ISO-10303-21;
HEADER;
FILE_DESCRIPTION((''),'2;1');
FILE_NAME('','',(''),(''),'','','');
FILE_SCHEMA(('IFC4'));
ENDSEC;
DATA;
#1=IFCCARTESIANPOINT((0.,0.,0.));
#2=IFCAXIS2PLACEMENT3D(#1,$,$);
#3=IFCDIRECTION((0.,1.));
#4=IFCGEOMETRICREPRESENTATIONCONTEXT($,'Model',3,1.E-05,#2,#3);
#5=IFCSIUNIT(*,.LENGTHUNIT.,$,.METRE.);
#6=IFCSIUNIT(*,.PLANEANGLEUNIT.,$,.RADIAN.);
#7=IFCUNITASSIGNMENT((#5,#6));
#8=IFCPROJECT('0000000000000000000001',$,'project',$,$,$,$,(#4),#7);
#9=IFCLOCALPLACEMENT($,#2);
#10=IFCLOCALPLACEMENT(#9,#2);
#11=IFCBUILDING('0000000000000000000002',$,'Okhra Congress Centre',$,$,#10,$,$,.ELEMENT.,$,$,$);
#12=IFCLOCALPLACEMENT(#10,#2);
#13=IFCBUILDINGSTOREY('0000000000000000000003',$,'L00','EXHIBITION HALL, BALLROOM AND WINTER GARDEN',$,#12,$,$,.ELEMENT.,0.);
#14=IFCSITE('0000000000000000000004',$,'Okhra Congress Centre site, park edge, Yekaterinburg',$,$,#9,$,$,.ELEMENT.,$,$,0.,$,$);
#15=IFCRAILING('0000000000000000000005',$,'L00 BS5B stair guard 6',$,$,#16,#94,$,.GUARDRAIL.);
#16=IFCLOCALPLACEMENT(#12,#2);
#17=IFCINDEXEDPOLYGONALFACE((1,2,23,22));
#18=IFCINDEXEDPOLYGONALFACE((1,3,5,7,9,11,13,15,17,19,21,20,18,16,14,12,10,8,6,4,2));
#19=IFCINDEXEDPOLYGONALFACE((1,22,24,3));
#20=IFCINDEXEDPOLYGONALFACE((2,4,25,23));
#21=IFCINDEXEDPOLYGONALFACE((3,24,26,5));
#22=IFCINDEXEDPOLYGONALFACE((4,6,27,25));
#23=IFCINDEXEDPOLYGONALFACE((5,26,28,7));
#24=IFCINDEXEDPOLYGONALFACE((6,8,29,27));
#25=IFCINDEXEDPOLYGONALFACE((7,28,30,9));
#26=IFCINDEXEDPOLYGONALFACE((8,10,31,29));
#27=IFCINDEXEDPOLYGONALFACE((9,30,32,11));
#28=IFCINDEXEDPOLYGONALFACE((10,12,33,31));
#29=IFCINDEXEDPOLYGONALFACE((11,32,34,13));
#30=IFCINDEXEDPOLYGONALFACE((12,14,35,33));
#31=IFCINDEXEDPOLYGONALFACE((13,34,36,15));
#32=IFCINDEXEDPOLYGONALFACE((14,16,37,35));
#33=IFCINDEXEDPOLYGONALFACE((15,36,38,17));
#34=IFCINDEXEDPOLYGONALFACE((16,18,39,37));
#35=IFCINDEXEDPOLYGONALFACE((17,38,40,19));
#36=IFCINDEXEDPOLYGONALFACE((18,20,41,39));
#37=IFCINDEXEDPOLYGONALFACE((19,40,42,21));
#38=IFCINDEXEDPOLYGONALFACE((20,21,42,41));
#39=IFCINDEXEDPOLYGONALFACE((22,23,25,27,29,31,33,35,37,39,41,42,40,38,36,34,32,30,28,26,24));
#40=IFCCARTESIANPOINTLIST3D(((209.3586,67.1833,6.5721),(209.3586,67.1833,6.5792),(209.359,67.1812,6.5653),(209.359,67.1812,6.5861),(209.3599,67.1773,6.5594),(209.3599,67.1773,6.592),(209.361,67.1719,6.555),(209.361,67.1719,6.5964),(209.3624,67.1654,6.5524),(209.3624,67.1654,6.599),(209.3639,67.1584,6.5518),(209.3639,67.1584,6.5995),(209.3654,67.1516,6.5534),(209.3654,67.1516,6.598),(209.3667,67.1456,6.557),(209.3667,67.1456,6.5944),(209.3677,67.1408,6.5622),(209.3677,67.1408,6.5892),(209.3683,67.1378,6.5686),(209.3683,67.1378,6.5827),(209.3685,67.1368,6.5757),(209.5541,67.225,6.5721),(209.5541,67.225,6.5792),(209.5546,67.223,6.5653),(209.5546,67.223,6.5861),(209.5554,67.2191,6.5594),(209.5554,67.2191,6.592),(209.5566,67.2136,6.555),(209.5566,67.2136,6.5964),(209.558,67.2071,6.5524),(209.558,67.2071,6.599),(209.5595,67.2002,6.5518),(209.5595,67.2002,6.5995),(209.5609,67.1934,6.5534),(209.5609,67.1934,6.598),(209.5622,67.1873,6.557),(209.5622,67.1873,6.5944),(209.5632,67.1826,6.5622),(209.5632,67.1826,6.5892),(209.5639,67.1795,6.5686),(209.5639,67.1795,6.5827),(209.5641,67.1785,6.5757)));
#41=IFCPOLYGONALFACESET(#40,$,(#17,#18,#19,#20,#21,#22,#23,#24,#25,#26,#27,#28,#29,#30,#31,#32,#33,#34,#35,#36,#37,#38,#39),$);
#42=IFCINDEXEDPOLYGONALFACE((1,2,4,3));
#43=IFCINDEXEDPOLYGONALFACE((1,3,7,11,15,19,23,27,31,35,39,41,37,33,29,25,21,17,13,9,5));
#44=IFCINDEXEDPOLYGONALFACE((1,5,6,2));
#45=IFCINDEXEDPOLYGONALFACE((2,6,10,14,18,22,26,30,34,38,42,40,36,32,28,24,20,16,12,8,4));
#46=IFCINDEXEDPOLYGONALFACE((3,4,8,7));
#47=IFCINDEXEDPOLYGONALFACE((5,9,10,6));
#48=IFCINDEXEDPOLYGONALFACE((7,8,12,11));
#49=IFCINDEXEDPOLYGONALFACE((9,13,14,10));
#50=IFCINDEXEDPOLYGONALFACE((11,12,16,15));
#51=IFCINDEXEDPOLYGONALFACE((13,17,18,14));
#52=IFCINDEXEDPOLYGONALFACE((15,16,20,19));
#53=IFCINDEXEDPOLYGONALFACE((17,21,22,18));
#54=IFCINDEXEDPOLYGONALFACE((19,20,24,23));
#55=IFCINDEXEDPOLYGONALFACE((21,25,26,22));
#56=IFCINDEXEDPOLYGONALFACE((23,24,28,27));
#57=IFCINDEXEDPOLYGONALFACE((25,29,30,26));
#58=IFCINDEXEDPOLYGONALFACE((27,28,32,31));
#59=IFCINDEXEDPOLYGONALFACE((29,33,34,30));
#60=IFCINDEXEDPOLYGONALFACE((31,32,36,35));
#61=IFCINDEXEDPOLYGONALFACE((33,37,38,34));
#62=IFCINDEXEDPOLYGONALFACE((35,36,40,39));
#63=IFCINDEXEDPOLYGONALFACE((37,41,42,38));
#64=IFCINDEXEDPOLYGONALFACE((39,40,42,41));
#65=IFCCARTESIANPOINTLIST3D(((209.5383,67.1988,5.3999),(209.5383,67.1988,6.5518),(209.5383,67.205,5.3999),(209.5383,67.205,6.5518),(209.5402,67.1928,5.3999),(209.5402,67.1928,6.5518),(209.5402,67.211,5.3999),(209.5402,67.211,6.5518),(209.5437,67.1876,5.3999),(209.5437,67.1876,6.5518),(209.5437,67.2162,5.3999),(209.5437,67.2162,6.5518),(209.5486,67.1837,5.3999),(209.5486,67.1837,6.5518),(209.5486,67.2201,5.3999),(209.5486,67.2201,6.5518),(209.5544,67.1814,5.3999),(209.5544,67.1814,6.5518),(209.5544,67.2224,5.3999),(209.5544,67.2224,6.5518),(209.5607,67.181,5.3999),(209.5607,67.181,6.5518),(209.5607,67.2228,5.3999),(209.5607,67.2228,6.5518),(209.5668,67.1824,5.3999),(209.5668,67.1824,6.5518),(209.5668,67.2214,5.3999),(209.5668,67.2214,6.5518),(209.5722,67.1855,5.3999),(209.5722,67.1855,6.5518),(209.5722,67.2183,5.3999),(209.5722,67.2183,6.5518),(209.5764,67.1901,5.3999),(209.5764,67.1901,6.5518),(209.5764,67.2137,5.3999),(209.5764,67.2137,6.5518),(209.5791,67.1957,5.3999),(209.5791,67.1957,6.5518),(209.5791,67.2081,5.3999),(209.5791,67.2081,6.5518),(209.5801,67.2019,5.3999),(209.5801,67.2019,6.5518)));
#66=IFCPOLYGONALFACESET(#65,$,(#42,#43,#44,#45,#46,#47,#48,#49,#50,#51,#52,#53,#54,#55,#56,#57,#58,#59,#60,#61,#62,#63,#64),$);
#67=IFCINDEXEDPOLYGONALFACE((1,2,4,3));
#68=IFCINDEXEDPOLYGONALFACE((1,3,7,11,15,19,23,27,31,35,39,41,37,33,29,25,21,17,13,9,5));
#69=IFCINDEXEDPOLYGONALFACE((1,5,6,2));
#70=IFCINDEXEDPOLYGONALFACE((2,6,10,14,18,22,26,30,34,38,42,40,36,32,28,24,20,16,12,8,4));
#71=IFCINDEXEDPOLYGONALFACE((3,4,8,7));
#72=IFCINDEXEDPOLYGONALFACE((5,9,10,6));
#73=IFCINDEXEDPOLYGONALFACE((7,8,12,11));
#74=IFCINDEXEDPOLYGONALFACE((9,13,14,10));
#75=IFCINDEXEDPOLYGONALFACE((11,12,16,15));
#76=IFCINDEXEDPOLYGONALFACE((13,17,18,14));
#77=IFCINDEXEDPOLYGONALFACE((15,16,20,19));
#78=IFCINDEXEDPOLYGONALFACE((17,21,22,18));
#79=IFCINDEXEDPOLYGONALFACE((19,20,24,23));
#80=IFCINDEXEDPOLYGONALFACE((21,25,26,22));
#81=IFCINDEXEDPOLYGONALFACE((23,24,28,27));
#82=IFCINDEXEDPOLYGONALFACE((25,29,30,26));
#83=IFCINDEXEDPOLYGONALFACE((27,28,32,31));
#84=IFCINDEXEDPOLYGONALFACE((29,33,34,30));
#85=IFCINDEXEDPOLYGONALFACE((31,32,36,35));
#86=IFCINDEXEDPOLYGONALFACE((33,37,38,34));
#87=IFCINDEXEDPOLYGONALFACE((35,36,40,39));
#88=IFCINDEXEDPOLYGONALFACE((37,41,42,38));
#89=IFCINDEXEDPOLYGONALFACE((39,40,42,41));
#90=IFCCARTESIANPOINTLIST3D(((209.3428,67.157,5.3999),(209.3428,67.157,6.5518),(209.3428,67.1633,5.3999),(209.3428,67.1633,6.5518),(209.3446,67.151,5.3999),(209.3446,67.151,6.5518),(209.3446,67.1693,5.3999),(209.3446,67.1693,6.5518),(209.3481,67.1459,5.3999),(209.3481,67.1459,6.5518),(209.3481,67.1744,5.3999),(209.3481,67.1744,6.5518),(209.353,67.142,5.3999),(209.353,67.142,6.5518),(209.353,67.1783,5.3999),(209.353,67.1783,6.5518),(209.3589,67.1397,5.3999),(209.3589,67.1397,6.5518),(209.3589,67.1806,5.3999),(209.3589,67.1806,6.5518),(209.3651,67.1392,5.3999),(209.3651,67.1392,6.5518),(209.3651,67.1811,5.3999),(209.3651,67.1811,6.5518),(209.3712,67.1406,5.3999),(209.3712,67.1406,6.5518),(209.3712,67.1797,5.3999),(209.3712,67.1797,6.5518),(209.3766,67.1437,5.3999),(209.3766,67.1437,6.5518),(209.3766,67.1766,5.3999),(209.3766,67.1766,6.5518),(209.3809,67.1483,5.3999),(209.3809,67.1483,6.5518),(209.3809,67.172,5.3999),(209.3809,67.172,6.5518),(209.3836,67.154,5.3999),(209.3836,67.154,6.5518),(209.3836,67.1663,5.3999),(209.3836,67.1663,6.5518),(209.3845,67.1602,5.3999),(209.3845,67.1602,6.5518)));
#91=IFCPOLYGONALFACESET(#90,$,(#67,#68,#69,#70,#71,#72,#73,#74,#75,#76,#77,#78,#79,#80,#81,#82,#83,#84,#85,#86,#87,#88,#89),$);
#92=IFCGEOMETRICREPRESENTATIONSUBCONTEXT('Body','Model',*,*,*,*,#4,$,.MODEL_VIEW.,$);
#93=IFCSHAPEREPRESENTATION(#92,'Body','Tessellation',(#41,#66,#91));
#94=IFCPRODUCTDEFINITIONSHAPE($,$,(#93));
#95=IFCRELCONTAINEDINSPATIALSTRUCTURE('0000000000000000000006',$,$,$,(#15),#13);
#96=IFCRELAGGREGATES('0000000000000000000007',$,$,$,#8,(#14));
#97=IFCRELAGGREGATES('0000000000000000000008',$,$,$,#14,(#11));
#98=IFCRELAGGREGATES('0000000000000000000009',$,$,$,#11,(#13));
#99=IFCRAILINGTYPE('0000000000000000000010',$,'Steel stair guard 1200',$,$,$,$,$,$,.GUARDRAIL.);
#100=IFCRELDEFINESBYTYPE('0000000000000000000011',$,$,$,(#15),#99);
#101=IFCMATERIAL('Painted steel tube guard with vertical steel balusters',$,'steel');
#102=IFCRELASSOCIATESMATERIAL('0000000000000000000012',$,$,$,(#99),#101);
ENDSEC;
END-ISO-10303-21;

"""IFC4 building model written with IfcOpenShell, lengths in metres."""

from ifc_helpers import new_model, si_unit, direction, frame, origin, origin_2d, place, context, subcontext, project, spatial, circle, extrude, material, type_object, element, save


model = new_model("IFC4")

# Units and contexts
model_context = context("Model", 3, precision=1e-05, world=origin(), true_north=direction((0.0, 1.0)))
body_context = subcontext(model_context, "Body", "Model", "MODEL_VIEW")
ifc_project = project(units=[si_unit("LENGTHUNIT", "METRE"), si_unit("PLANEANGLEUNIT", "RADIAN")], contexts=[model_context])

# Site, building, storey
site_placement = place(None, origin())
site = spatial("IfcSite", under=ifc_project, at=site_placement, Name="Okhra Congress Centre site, park edge, Yekaterinburg", CompositionType="ELEMENT", RefElevation=0.0)
building_placement = place(site_placement, origin())
building = spatial("IfcBuilding", under=site, at=building_placement, Name="Okhra Congress Centre", CompositionType="ELEMENT")
storey_placement = place(building_placement, origin())
storey = spatial("IfcBuildingStorey", under=building, at=storey_placement, Name="L00", Description="EXHIBITION HALL, BALLROOM AND WINTER GARDEN", CompositionType="ELEMENT", Elevation=0.0)

# Railing
ifc_material_1 = material(Name="Painted steel tube guard with vertical steel balusters", Category="steel")
railing_type_1 = type_object("IfcRailingType", Name="Steel stair guard 1200", PredefinedType="GUARDRAIL", material=ifc_material_1)
railing_1_placement = place(storey_placement, frame((209.5591, 67.2019, 5.3999)))
element("IfcRailing", 1, at=railing_1_placement, inside=storey, type_object=railing_type_1, Name="L00 BS5B stair guard 6", PredefinedType="GUARDRAIL", context=body_context, shape_type="SweptSolid", body=[
    extrude(circle(Radius=0.0239, at=origin_2d()), frame((0.0, 0.0, 1.1758), z_axis=(-0.977963, -0.208779, 0.0), x_axis=(0.208779, -0.977963, 0.0)), (0.0, 0.0, 1.0), 0.2),
    extrude(circle(Radius=0.021, at=origin_2d()), origin(), (0.0, 0.0, 1.0), 1.1519),
    extrude(circle(Radius=0.021, at=origin_2d()), frame((-0.1956, -0.0417, 0.0)), (0.0, 0.0, 1.0), 1.1519),
])

save(model, "model.ifc")
